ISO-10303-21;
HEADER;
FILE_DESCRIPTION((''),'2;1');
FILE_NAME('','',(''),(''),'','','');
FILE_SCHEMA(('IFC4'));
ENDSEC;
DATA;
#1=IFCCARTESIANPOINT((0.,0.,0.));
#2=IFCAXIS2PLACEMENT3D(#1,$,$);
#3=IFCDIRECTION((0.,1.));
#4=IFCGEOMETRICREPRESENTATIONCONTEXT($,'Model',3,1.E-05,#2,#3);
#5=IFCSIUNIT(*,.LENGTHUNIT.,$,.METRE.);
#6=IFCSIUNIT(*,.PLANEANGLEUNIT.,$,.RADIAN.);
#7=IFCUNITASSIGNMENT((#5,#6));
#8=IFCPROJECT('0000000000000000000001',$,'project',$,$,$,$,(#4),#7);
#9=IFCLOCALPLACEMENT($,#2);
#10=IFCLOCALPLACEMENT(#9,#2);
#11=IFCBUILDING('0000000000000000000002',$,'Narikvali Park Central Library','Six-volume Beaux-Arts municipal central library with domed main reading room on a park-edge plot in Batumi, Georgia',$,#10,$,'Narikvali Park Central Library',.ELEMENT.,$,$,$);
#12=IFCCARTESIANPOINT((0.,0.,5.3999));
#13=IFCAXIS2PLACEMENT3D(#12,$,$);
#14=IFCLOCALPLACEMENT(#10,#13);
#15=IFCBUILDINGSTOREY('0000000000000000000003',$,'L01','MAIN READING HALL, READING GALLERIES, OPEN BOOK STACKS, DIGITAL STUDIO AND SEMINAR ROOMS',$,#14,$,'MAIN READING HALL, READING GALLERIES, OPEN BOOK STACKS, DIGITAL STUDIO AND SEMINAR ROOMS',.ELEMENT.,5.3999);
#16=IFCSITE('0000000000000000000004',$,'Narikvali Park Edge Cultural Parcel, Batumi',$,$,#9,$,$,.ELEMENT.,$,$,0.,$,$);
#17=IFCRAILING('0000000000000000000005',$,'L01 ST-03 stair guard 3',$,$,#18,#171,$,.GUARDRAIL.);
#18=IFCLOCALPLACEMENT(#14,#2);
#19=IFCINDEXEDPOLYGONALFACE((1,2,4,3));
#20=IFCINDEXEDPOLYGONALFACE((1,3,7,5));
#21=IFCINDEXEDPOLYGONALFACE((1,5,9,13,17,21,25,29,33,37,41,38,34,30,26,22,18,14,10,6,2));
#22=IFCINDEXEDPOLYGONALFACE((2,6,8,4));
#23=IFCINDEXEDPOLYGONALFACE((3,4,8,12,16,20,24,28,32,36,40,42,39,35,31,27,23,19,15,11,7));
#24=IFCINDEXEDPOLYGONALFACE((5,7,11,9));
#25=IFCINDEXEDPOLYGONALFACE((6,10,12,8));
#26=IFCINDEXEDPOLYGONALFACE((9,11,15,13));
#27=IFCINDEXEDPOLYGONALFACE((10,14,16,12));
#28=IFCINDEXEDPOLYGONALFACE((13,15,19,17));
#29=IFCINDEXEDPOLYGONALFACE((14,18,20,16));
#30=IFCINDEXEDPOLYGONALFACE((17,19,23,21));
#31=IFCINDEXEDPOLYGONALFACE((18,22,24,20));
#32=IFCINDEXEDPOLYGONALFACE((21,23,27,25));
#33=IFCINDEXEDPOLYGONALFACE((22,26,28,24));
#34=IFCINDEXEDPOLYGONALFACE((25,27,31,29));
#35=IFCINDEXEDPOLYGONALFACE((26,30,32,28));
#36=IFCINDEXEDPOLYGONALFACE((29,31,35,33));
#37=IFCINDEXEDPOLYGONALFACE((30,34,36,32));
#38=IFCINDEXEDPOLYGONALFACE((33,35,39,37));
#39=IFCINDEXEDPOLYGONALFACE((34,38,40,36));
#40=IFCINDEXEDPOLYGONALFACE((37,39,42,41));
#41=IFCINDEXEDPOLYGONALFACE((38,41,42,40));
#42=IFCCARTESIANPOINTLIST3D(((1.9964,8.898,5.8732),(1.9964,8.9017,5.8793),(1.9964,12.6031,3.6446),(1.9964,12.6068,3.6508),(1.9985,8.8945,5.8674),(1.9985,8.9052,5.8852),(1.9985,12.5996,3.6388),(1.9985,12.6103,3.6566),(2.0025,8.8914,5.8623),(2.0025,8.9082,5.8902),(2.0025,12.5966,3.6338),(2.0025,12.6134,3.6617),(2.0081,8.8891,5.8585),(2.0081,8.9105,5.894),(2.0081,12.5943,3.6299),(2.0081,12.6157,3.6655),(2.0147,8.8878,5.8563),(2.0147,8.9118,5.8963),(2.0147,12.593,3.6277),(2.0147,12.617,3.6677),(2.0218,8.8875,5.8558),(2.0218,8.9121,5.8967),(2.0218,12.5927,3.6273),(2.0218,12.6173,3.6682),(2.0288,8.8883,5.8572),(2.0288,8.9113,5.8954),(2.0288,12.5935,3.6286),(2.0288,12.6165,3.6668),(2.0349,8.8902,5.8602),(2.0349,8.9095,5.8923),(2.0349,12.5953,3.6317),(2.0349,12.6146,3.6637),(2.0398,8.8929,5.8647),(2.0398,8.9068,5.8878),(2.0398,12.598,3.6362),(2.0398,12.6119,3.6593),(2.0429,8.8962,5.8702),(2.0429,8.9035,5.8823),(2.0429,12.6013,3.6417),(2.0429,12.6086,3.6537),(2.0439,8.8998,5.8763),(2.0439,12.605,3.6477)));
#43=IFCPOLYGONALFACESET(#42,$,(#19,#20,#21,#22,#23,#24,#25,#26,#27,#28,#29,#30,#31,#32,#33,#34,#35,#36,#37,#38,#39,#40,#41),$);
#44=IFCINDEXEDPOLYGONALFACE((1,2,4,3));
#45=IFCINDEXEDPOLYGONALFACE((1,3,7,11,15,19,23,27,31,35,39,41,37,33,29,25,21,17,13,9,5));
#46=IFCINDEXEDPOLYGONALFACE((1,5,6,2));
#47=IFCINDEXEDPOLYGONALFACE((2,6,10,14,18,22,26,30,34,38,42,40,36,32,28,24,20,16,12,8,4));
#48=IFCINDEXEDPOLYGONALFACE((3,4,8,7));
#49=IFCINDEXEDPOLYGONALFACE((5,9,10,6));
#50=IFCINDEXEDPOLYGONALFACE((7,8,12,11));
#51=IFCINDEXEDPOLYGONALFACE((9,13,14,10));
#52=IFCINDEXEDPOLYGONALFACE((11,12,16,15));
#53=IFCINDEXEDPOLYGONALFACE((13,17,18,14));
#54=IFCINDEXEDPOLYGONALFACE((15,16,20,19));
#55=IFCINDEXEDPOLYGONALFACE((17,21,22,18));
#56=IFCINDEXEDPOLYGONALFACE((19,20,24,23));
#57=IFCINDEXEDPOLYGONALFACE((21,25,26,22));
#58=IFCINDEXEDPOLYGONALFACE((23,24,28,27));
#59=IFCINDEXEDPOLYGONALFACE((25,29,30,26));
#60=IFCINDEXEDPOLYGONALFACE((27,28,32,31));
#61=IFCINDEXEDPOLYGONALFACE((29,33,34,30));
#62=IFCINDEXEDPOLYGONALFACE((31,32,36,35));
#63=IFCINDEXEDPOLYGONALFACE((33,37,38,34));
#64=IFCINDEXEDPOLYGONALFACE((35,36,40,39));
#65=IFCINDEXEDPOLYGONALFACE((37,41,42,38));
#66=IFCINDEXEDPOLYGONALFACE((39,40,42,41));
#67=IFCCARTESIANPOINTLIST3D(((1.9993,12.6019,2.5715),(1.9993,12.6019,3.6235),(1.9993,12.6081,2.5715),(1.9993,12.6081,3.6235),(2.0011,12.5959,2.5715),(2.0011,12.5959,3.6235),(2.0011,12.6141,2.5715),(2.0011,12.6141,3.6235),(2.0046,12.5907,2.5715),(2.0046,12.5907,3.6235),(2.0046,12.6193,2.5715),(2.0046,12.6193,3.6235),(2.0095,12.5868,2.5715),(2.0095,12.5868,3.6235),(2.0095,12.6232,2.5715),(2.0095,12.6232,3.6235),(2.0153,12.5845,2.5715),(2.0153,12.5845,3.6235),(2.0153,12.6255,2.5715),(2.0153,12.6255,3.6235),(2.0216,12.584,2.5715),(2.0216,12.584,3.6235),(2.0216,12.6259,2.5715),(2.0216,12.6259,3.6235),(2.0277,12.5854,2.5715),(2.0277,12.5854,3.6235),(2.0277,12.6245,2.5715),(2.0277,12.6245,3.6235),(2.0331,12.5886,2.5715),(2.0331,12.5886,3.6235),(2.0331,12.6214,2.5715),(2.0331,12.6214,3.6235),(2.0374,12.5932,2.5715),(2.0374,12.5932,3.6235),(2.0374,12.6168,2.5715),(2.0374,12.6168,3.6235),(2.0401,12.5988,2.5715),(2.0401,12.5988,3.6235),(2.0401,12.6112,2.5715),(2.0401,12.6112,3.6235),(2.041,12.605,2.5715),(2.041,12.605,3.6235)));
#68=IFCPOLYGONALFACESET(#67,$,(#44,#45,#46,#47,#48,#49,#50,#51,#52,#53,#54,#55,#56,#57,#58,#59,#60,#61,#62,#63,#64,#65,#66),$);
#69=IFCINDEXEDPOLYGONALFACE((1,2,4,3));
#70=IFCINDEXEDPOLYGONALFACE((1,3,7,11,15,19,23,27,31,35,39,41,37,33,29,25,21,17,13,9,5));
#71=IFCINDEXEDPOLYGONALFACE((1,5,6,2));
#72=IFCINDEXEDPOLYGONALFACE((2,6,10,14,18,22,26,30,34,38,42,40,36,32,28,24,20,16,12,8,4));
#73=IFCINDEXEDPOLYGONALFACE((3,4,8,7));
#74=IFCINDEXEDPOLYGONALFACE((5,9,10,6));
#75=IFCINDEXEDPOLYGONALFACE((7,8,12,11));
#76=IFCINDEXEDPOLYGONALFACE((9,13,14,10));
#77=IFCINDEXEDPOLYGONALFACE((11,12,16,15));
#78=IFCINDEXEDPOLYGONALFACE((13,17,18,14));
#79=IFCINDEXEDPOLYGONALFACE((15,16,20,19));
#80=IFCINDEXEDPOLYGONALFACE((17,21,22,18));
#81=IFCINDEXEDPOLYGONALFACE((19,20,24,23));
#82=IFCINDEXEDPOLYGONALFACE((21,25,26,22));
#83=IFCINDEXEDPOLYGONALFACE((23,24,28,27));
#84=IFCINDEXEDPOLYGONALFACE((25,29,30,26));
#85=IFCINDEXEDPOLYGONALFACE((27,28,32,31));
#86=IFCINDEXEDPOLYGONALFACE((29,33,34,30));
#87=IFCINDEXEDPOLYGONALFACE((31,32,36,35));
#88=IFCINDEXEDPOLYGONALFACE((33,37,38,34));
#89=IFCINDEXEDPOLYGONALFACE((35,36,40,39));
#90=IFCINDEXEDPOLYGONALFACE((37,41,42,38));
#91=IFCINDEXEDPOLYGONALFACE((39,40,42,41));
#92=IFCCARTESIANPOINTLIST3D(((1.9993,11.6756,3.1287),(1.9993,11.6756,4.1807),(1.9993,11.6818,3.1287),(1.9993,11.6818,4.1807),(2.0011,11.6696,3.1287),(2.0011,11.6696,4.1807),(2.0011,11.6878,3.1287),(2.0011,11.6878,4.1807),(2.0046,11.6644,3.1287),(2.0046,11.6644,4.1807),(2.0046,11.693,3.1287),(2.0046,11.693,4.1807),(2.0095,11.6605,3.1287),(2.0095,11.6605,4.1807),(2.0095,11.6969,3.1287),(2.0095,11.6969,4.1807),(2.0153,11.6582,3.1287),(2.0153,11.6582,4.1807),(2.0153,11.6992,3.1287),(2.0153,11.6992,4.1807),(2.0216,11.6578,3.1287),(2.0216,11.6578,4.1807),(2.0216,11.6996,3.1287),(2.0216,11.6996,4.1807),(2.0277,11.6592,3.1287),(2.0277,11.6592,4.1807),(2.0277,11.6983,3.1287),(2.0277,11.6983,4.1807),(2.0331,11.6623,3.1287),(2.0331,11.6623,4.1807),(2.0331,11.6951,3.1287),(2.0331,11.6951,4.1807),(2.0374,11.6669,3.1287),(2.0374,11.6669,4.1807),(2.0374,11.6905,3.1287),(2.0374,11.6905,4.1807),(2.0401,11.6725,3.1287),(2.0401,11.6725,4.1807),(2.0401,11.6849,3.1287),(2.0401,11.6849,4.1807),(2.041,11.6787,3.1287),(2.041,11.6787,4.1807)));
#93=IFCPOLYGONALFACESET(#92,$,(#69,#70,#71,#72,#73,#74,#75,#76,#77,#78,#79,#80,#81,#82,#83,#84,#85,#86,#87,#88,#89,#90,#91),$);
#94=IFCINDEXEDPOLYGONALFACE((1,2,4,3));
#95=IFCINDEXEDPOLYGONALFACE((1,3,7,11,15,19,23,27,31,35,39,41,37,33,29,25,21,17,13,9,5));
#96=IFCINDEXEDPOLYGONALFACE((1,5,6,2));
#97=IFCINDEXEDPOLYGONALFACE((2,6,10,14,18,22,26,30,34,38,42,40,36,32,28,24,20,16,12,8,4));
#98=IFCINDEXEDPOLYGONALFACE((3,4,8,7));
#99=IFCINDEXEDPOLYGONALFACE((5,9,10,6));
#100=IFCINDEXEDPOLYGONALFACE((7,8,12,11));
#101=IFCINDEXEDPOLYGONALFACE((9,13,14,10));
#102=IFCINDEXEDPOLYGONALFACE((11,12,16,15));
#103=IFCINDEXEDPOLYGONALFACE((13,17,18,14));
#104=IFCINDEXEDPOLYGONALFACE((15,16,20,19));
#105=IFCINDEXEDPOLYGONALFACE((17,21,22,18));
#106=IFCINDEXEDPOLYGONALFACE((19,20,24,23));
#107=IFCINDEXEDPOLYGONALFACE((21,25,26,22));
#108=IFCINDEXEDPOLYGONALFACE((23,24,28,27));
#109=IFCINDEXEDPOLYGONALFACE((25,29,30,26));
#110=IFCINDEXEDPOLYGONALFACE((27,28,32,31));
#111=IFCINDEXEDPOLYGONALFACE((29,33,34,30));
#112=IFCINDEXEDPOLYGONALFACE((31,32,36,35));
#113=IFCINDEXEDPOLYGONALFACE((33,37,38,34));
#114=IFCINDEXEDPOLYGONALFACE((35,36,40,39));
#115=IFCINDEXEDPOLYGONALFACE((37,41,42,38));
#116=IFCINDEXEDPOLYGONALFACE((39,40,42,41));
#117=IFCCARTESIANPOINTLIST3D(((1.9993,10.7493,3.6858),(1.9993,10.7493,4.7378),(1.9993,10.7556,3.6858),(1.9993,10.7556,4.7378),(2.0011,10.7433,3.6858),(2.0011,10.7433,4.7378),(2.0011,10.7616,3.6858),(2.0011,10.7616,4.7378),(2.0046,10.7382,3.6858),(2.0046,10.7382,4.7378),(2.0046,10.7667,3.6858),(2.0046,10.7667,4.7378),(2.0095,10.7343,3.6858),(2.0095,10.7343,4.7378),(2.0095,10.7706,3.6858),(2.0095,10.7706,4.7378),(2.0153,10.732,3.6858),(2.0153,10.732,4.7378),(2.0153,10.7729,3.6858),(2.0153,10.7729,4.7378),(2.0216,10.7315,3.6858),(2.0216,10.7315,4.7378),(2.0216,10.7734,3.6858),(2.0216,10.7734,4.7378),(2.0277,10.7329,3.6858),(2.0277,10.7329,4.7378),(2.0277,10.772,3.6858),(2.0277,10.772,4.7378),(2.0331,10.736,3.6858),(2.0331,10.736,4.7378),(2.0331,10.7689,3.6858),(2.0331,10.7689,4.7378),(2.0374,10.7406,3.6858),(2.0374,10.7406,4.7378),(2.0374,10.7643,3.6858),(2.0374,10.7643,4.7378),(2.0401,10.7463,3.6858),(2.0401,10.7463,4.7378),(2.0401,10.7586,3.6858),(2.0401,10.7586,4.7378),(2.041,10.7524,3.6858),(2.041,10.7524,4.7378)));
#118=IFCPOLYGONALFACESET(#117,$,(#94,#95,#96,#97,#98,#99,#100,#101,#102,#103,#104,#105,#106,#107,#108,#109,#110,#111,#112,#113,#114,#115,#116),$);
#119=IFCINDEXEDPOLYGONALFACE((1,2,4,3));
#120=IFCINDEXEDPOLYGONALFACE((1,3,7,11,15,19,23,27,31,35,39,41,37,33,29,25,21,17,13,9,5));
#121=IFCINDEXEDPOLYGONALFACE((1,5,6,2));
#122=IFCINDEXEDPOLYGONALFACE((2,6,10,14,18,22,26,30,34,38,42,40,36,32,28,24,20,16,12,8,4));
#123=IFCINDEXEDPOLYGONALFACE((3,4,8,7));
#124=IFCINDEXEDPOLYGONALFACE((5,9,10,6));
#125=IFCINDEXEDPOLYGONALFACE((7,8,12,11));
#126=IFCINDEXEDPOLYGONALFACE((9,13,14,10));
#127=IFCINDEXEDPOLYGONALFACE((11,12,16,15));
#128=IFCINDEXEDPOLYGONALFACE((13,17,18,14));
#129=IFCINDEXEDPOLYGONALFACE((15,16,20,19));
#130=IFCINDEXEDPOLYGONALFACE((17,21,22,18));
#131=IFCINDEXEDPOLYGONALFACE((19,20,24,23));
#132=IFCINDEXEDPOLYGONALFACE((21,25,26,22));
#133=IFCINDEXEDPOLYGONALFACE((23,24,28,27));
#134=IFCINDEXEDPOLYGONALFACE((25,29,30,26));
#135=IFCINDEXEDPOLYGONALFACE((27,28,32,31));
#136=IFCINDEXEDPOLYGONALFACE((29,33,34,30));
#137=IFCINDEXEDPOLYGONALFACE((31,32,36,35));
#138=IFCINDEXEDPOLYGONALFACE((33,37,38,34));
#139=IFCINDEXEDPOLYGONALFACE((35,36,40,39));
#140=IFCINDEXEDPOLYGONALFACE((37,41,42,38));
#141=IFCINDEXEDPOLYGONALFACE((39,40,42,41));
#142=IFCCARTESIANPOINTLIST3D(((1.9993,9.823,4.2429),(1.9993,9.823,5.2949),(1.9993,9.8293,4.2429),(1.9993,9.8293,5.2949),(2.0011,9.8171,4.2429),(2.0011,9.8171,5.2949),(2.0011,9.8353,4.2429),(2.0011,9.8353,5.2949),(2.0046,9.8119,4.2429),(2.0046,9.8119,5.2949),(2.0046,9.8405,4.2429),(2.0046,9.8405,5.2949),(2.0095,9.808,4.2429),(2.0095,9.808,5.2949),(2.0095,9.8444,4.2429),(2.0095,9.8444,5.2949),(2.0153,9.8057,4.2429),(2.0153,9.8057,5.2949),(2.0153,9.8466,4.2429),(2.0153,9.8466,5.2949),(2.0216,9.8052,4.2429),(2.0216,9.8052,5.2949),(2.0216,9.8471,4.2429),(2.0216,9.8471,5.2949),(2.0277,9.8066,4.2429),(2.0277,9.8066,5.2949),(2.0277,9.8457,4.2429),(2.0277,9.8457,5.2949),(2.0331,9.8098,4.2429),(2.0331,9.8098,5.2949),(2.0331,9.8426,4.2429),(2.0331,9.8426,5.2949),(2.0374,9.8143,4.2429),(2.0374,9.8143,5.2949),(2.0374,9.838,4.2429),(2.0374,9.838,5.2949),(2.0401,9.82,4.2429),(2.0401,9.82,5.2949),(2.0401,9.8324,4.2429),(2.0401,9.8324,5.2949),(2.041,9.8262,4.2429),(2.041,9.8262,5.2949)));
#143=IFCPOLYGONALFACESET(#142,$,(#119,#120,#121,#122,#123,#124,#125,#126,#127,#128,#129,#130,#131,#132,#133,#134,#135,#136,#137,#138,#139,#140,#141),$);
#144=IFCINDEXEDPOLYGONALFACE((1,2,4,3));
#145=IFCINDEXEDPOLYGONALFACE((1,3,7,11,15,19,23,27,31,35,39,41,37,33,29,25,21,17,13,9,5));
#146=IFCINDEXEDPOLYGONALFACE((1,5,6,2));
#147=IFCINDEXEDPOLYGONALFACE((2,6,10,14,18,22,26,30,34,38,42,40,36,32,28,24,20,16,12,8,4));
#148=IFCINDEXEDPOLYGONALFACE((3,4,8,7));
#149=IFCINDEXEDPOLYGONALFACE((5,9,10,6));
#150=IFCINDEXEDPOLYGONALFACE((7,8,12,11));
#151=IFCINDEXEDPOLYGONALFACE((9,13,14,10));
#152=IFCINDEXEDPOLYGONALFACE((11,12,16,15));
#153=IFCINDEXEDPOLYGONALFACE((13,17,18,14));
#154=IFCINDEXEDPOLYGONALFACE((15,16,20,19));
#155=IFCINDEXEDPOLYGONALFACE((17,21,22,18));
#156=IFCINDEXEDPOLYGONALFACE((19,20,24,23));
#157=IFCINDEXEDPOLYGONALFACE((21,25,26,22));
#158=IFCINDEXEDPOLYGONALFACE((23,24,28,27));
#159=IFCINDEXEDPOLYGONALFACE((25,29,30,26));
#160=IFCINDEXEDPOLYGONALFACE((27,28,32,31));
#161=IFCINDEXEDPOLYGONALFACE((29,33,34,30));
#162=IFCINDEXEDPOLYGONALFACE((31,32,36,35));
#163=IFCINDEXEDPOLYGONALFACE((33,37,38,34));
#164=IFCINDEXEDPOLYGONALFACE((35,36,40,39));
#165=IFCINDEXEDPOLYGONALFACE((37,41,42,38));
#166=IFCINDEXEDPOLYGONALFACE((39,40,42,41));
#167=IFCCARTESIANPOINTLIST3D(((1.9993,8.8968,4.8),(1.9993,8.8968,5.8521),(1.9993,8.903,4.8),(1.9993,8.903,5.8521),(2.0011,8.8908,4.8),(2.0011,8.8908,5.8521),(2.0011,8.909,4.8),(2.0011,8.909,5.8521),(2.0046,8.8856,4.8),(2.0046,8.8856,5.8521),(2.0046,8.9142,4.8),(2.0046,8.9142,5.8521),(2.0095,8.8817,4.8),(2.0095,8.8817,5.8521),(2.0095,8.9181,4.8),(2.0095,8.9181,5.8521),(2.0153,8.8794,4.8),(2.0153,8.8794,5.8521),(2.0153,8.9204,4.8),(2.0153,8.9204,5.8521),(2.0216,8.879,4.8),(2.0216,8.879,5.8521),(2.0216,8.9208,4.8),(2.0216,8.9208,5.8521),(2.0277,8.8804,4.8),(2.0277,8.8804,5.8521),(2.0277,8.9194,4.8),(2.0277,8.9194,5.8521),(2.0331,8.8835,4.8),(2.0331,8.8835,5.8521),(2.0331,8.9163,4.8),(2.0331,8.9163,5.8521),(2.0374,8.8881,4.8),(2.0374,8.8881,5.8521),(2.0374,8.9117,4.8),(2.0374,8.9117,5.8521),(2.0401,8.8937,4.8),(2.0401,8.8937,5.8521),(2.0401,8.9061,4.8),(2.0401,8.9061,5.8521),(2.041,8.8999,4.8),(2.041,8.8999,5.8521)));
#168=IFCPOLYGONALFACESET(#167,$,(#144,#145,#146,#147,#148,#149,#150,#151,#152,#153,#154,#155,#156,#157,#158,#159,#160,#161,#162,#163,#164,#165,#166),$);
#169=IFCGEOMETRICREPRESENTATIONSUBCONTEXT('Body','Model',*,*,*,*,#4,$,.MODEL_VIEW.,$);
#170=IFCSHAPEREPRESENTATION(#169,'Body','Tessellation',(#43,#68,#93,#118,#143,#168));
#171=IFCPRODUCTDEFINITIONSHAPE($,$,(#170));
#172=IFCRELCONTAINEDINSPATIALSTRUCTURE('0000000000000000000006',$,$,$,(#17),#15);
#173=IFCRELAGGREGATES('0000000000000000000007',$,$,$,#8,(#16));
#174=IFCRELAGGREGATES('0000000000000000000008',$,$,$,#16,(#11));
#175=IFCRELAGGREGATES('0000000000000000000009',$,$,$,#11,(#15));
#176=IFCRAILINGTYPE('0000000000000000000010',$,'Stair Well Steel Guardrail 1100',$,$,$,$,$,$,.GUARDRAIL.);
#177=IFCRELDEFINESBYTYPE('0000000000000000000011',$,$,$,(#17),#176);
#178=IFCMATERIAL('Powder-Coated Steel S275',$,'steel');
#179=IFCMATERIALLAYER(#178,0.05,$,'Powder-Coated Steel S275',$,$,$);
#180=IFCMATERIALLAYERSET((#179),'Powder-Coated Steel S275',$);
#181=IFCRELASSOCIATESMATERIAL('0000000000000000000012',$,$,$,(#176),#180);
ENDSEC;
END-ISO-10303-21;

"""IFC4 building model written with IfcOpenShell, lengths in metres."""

from ifc_helpers import new_model, si_unit, direction, frame, origin, origin_2d, place, context, subcontext, project, spatial, circle, extrude, material, layer, layer_set, type_object, element, save


model = new_model("IFC4")

# Units and contexts
model_context = context("Model", 3, precision=1e-05, world=origin(), true_north=direction((0.0, 1.0)))
body_context = subcontext(model_context, "Body", "Model", "MODEL_VIEW")
ifc_project = project(units=[si_unit("LENGTHUNIT", "METRE"), si_unit("PLANEANGLEUNIT", "RADIAN")], contexts=[model_context])

# Site, building, storey
site_placement = place(None, origin())
site = spatial("IfcSite", under=ifc_project, at=site_placement, Name="Narikvali Park Edge Cultural Parcel, Batumi", CompositionType="ELEMENT", RefElevation=0.0)
building_placement = place(site_placement, origin())
building = spatial("IfcBuilding", under=site, at=building_placement, Name="Narikvali Park Central Library", Description="Six-volume Beaux-Arts municipal central library with domed main reading room on a park-edge plot in Batumi, Georgia", LongName="Narikvali Park Central Library", CompositionType="ELEMENT")
storey_placement = place(building_placement, frame((0.0, 0.0, 5.3999)))
storey = spatial("IfcBuildingStorey", under=building, at=storey_placement, Name="L01", Description="MAIN READING HALL, READING GALLERIES, OPEN BOOK STACKS, DIGITAL STUDIO AND SEMINAR ROOMS", LongName="MAIN READING HALL, READING GALLERIES, OPEN BOOK STACKS, DIGITAL STUDIO AND SEMINAR ROOMS", CompositionType="ELEMENT", Elevation=5.3999)

# Railing
ifc_material_1 = material(Name="Powder-Coated Steel S275", Category="steel")
ifc_layer_1 = layer(ifc_material_1, 0.05, Name="Powder-Coated Steel S275")
ifc_layer_set_1 = layer_set([ifc_layer_1], Name="Powder-Coated Steel S275")
railing_type_1 = type_object("IfcRailingType", Name="Stair Well Steel Guardrail 1100", PredefinedType="GUARDRAIL", material=ifc_layer_set_1)
railing_1_placement = place(storey_placement, frame((2.02, 12.605, 2.5715)))
element("IfcRailing", 1, at=railing_1_placement, inside=storey, type_object=railing_type_1, Name="L01 ST-03 stair guard 3", PredefinedType="GUARDRAIL", context=body_context, shape_type="SweptSolid", body=[
    extrude(circle(Radius=0.0239, at=origin_2d()), frame((0.0, 0.0, 1.0762), z_axis=(0.0, -0.856934, 0.515425), x_axis=(1.0, 0.0, 0.0)), (0.0, 0.0, 1.0), 4.3237),
    extrude(circle(Radius=0.021, at=origin_2d()), origin(), (0.0, 0.0, 1.0), 1.052),
    extrude(circle(Radius=0.021, at=origin_2d()), frame((0.0, -0.9263, 0.5571)), (0.0, 0.0, 1.0), 1.052),
    extrude(circle(Radius=0.021, at=origin_2d()), frame((0.0, -1.8525, 1.1143)), (0.0, 0.0, 1.0), 1.052),
    extrude(circle(Radius=0.021, at=origin_2d()), frame((0.0, -2.7788, 1.6714)), (0.0, 0.0, 1.0), 1.052),
    extrude(circle(Radius=0.021, at=origin_2d()), frame((0.0, -3.7051, 2.2285)), (0.0, 0.0, 1.0), 1.052),
])

save(model, "model.ifc")
